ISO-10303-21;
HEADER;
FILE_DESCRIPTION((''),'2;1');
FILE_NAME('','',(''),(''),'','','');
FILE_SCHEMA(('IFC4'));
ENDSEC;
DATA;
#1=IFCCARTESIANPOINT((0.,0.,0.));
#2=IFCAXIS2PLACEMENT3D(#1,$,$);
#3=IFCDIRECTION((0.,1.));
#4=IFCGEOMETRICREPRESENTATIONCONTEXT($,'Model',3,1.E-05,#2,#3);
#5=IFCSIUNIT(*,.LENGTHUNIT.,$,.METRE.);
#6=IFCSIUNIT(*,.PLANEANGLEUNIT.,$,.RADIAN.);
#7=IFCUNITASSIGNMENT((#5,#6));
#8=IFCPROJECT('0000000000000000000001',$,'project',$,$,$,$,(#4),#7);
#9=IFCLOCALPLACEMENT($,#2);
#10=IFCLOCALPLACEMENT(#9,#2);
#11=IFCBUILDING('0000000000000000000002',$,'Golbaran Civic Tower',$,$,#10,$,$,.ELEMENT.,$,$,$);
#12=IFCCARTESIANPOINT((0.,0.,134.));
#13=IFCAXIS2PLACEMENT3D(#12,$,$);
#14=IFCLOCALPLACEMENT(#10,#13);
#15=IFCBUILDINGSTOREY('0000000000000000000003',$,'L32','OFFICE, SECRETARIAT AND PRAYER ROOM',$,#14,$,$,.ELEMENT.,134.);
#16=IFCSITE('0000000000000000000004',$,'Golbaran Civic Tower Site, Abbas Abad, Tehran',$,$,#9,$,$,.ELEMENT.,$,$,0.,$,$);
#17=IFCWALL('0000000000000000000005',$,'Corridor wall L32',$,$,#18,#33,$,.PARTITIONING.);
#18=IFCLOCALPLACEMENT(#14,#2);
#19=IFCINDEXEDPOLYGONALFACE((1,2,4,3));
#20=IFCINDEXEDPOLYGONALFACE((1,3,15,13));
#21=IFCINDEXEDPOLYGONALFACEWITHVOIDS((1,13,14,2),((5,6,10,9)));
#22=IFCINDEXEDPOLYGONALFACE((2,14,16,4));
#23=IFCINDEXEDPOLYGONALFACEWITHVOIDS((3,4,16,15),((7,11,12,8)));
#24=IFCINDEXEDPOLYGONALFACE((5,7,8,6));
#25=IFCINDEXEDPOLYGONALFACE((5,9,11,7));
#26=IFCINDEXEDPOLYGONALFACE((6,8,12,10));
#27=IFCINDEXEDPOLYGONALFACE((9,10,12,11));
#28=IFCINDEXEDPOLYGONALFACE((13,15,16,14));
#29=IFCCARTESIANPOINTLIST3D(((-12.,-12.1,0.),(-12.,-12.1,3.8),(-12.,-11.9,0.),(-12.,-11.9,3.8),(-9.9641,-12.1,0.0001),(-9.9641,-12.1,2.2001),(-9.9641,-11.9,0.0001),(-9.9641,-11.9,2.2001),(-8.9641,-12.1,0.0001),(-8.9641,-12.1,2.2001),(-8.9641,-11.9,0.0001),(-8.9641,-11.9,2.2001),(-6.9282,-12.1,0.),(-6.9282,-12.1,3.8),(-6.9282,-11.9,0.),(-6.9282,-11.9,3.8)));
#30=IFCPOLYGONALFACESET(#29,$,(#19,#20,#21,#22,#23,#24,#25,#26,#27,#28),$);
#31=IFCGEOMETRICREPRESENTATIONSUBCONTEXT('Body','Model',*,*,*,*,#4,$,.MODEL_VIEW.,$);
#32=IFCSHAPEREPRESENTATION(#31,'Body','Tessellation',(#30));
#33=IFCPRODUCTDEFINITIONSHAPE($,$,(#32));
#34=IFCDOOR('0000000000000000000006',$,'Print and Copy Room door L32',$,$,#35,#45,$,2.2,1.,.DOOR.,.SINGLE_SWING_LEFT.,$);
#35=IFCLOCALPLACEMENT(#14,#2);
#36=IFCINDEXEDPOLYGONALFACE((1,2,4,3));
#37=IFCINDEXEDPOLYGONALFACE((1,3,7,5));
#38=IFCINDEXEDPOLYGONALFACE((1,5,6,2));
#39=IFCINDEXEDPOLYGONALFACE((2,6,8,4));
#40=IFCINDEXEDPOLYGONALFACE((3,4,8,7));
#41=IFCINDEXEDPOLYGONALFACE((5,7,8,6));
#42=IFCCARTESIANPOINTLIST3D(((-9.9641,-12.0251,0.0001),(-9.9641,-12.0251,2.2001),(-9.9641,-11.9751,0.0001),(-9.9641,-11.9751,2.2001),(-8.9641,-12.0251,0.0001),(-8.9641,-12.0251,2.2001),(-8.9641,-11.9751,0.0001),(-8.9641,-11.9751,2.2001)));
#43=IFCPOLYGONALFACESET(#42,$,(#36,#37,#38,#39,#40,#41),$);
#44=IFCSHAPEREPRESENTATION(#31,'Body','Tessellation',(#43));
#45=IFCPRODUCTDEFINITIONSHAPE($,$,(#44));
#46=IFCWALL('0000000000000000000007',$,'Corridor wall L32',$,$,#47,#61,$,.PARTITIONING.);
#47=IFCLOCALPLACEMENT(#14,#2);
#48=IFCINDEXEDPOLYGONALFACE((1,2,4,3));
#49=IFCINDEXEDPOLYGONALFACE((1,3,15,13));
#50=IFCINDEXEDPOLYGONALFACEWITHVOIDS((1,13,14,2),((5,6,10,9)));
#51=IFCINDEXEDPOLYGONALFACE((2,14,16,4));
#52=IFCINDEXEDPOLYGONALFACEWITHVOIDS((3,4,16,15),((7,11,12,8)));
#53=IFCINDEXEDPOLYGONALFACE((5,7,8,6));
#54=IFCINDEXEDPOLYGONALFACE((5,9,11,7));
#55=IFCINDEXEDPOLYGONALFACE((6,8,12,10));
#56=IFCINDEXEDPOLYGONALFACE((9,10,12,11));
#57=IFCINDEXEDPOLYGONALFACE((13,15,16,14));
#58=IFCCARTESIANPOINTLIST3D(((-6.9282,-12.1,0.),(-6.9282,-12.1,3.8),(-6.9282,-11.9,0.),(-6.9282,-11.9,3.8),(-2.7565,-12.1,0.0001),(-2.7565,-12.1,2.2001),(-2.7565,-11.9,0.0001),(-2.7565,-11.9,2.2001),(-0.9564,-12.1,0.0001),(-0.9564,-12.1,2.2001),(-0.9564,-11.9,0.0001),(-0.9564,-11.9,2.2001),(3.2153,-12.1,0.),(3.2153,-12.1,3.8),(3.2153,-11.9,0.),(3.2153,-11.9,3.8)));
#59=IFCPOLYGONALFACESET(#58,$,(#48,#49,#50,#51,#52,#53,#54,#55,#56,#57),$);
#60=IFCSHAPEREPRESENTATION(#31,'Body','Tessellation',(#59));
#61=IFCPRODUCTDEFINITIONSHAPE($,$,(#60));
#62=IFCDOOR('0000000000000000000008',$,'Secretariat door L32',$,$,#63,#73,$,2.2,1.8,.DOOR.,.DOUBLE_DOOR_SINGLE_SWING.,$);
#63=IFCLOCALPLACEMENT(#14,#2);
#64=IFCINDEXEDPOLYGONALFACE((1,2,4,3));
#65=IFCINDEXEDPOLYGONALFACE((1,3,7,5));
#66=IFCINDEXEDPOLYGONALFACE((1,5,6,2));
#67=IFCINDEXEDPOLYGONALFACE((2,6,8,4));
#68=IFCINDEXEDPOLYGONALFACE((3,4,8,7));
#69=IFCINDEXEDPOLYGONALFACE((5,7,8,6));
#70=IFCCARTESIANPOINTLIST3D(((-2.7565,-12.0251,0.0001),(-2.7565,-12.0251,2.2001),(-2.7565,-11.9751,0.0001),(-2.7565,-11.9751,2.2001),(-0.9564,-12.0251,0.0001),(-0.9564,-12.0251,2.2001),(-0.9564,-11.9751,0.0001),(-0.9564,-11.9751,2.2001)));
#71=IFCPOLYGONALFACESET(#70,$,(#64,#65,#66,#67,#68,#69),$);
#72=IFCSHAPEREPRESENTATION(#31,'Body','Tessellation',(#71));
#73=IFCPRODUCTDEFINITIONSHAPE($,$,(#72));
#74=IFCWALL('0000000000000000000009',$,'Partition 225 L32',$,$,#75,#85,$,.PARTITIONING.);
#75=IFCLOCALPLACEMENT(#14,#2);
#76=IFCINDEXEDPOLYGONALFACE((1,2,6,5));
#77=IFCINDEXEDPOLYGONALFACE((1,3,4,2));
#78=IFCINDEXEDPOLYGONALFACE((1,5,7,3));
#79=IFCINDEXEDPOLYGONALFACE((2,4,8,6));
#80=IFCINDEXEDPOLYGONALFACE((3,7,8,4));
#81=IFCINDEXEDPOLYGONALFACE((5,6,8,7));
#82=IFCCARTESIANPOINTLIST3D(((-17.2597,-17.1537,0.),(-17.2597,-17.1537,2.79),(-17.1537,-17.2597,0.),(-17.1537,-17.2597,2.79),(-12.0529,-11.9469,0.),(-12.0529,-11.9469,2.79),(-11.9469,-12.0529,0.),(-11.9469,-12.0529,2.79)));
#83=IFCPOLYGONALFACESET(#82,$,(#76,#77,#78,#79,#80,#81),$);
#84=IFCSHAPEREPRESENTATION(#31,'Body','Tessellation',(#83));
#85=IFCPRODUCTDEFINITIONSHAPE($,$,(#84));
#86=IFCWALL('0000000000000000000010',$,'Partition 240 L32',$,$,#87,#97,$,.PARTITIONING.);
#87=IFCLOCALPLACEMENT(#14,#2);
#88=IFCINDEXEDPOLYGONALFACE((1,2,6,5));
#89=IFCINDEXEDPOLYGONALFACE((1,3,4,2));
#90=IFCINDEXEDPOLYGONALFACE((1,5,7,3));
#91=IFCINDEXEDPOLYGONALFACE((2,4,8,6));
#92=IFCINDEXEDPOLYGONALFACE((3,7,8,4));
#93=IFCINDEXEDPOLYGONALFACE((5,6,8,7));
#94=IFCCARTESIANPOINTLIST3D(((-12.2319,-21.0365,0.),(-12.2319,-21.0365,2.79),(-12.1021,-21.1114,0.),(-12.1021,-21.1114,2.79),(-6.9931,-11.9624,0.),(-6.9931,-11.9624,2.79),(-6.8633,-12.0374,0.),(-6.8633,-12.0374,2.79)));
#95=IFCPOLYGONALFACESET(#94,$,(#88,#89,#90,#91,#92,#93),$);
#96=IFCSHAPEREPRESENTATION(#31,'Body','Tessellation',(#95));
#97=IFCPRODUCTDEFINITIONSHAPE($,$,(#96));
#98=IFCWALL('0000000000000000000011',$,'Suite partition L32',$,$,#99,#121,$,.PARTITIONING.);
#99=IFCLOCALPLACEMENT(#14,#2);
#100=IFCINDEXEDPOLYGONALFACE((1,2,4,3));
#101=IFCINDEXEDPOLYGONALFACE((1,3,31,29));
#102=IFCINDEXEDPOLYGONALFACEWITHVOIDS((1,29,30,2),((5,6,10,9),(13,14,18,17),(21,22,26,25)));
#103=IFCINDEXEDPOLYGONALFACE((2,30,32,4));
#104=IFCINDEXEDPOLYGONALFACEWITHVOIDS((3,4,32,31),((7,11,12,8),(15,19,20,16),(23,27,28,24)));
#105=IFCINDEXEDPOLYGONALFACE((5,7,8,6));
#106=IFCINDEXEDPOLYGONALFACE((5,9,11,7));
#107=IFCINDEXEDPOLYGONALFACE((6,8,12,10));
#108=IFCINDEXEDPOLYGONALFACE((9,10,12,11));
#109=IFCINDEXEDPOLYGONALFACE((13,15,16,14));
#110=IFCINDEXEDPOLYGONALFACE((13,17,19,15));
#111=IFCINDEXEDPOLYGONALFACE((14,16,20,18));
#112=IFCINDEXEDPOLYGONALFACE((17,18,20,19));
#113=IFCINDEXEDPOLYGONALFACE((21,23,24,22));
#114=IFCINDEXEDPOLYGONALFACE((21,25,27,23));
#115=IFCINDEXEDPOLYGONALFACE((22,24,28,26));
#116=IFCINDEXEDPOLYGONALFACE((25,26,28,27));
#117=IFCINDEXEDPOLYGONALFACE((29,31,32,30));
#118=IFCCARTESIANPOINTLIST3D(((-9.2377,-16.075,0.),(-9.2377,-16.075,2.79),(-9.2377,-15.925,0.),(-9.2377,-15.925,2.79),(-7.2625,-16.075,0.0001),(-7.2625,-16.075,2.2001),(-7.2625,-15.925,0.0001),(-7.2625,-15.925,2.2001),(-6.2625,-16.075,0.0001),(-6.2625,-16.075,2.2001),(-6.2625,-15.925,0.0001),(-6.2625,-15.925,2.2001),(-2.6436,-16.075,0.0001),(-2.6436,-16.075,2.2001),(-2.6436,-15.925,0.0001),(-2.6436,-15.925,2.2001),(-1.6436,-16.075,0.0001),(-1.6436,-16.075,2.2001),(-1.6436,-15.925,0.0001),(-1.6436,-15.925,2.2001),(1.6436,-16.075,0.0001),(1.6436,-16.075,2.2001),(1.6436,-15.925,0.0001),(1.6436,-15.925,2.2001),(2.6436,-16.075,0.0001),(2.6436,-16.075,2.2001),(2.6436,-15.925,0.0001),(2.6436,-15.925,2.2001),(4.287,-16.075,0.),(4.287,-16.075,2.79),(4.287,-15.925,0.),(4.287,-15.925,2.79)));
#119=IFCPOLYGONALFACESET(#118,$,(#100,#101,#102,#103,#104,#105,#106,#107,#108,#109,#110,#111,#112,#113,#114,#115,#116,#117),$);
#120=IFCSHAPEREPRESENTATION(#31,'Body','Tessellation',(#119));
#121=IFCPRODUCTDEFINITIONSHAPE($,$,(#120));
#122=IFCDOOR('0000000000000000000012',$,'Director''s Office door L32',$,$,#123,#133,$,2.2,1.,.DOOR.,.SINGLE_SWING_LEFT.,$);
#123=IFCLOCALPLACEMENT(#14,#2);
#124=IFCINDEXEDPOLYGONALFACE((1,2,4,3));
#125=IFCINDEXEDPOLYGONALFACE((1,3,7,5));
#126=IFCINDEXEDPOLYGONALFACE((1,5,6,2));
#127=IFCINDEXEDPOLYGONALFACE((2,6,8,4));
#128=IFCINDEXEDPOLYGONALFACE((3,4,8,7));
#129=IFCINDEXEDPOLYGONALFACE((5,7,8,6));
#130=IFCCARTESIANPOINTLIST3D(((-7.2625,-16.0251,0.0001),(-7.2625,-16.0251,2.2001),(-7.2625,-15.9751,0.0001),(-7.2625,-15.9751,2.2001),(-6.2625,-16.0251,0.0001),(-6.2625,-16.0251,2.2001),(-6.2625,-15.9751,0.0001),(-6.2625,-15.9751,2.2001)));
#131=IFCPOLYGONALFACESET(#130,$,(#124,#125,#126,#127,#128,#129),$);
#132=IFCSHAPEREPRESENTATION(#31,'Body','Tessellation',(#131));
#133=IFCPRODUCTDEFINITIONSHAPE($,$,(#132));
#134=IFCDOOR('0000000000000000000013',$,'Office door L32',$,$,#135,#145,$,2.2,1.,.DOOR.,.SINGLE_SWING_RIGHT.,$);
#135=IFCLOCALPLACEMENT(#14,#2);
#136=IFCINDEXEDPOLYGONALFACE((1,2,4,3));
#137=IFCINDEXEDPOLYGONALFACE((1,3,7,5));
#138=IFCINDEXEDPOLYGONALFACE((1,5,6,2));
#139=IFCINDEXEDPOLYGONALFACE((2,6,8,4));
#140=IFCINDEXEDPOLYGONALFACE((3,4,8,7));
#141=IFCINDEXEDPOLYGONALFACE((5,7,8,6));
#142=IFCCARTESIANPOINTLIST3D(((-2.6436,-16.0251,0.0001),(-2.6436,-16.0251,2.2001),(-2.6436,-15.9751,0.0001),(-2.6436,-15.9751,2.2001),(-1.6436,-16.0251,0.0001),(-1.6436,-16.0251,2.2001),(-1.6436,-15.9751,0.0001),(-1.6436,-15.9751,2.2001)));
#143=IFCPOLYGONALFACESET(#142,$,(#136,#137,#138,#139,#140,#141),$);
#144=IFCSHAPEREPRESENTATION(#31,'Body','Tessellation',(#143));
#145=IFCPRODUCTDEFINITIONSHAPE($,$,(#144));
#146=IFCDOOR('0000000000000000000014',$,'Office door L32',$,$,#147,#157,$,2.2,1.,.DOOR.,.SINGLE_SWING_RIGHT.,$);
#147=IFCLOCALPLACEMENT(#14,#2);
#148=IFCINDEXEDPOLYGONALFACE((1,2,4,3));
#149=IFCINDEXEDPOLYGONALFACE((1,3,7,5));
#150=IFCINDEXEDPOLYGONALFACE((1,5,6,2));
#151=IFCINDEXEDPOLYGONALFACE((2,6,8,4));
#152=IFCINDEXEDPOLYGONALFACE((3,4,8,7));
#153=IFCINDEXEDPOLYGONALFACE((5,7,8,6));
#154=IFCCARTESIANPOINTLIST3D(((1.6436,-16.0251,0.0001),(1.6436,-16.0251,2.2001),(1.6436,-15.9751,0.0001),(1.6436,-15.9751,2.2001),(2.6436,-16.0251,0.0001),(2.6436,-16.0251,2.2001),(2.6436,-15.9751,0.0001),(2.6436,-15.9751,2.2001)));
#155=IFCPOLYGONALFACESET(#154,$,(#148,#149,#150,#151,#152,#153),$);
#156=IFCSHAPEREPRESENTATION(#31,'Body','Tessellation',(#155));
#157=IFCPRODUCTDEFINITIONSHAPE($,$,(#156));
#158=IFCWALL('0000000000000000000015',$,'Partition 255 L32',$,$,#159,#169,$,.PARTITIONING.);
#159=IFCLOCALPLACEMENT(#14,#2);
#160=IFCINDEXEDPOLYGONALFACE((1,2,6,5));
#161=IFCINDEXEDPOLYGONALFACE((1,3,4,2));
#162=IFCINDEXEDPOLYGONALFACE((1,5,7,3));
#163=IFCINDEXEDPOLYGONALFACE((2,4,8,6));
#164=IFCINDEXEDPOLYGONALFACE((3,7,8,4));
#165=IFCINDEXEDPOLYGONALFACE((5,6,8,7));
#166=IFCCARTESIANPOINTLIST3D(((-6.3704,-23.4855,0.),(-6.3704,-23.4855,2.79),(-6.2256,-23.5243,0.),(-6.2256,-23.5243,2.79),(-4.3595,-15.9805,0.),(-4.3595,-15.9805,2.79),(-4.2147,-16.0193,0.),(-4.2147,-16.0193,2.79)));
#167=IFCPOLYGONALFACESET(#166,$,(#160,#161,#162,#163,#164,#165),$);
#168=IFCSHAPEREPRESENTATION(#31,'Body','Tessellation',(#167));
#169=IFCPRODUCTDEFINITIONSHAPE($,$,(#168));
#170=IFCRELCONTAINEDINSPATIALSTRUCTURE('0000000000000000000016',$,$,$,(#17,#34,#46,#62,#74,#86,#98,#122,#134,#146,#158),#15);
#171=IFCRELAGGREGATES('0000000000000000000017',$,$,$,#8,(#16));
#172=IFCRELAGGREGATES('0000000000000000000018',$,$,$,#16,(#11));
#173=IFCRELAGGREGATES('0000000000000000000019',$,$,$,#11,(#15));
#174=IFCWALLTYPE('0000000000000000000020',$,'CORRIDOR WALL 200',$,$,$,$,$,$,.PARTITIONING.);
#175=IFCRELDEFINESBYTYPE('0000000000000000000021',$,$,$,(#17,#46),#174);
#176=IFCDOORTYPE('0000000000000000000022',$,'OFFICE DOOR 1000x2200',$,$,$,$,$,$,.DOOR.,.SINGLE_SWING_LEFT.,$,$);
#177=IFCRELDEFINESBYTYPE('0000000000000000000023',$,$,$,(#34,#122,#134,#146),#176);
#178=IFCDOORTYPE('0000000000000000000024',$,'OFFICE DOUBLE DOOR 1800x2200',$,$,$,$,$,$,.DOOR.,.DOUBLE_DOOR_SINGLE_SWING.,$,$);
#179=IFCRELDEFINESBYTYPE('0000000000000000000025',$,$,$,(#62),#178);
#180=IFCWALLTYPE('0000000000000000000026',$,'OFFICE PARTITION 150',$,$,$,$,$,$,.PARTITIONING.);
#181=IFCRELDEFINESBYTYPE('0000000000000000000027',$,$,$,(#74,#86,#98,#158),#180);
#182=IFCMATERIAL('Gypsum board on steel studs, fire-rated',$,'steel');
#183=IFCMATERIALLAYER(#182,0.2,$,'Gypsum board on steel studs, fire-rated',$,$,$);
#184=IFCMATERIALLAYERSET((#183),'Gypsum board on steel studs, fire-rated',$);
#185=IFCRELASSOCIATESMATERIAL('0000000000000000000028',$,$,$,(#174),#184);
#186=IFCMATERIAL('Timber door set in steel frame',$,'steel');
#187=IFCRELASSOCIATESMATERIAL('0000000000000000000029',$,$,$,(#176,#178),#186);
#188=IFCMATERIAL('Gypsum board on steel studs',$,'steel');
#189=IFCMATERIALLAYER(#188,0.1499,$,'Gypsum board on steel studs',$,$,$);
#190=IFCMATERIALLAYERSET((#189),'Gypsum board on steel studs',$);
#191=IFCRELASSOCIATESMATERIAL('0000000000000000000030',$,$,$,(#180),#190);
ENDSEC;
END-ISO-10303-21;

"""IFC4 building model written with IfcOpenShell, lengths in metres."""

from ifc_helpers import new_model, si_unit, direction, frame, frame_2d, origin, place, context, subcontext, project, spatial, rectangle, extrude, material, layer, layer_set, type_object, element, fill, save


model = new_model("IFC4")

# Units and contexts
model_context = context("Model", 3, precision=1e-05, world=origin(), true_north=direction((0.0, 1.0)))
body_context = subcontext(model_context, "Body", "Model", "MODEL_VIEW")
ifc_project = project(units=[si_unit("LENGTHUNIT", "METRE"), si_unit("PLANEANGLEUNIT", "RADIAN")], contexts=[model_context])

# Site, building, storey
site_placement = place(None, origin())
site = spatial("IfcSite", under=ifc_project, at=site_placement, Name="Golbaran Civic Tower Site, Abbas Abad, Tehran", CompositionType="ELEMENT", RefElevation=0.0)
building_placement = place(site_placement, origin())
building = spatial("IfcBuilding", under=site, at=building_placement, Name="Golbaran Civic Tower", CompositionType="ELEMENT")
storey_placement = place(building_placement, frame((0.0, 0.0, 134.0)))
storey = spatial("IfcBuildingStorey", under=building, at=storey_placement, Name="L32", Description="OFFICE, SECRETARIAT AND PRAYER ROOM", CompositionType="ELEMENT", Elevation=134.0)

# Walls, openings, doors
ifc_material_1 = material(Name="Gypsum board on steel studs, fire-rated", Category="steel")
ifc_layer_1 = layer(ifc_material_1, 0.2, Name="Gypsum board on steel studs, fire-rated")
ifc_layer_set_1 = layer_set([ifc_layer_1], Name="Gypsum board on steel studs, fire-rated")
wall_type_1 = type_object("IfcWallType", Name="CORRIDOR WALL 200", PredefinedType="PARTITIONING", material=ifc_layer_set_1)
wall_1_placement = place(storey_placement, frame((-12.0, -12.0, 0.0), z_axis=(0.0, 0.0, 1.0), x_axis=(1.0, 0.0, 0.0)))
wall_1 = element("IfcWall", 1, at=wall_1_placement, inside=storey, type_object=wall_type_1, Name="Corridor wall L32", PredefinedType="PARTITIONING", context=body_context, shape_type="SweptSolid", body=[
    extrude(rectangle(XDim=5.0718, YDim=0.2, at=frame_2d((2.5359, 0.0))), origin(), (0.0, 0.0, 1.0), 3.8),
])
opening_1_placement = place(wall_1_placement, frame((2.0359, 0.0, 0.0)))
opening_1 = element("IfcOpeningElement", 2, at=opening_1_placement, cuts=wall_1, PredefinedType="OPENING", context=body_context, shape_type="SweptSolid", body=[
    extrude(rectangle(XDim=1.0, YDim=2.2, at=frame_2d((0.5, 1.1001))), frame((0.0, 0.1099, 0.0), z_axis=(0.0, -1.0, 0.0), x_axis=(1.0, 0.0, 0.0)), (0.0, 0.0, 1.0), 0.22),
])
ifc_material_2 = material(Name="Timber door set in steel frame", Category="steel")
door_type_1 = type_object("IfcDoorType", Name="OFFICE DOOR 1000x2200", OperationType="SINGLE_SWING_LEFT", PredefinedType="DOOR", material=ifc_material_2)
door_1_placement = place(opening_1_placement, origin())
door_1 = element("IfcDoor", 3, at=door_1_placement, inside=storey, type_object=door_type_1, Name="Print and Copy Room door L32", OperationType="SINGLE_SWING_LEFT", OverallHeight=2.2, OverallWidth=1.0, PredefinedType="DOOR", context=body_context, shape_type="SweptSolid", body=[
    extrude(rectangle(XDim=1.0, YDim=2.2, at=frame_2d((0.5, 1.1001))), frame((0.0, 0.0249, 0.0), z_axis=(0.0, -1.0, 0.0), x_axis=(1.0, 0.0, 0.0)), (0.0, 0.0, 1.0), 0.05),
])
fill(opening_1, door_1)
wall_2_placement = place(storey_placement, frame((-6.9282, -12.0, 0.0), z_axis=(0.0, 0.0, 1.0), x_axis=(1.0, 0.0, 0.0)))
wall_2 = element("IfcWall", 4, at=wall_2_placement, inside=storey, type_object=wall_type_1, Name="Corridor wall L32", PredefinedType="PARTITIONING", context=body_context, shape_type="SweptSolid", body=[
    extrude(rectangle(XDim=10.1436, YDim=0.2, at=frame_2d((5.0718, 0.0))), origin(), (0.0, 0.0, 1.0), 3.8),
])
opening_2_placement = place(wall_2_placement, frame((4.1719, 0.0, 0.0)))
opening_2 = element("IfcOpeningElement", 5, at=opening_2_placement, cuts=wall_2, PredefinedType="OPENING", context=body_context, shape_type="SweptSolid", body=[
    extrude(rectangle(XDim=1.8, YDim=2.2, at=frame_2d((0.8999, 1.1001))), frame((0.0, 0.1099, 0.0), z_axis=(0.0, -1.0, 0.0), x_axis=(1.0, 0.0, 0.0)), (0.0, 0.0, 1.0), 0.22),
])
door_type_2 = type_object("IfcDoorType", Name="OFFICE DOUBLE DOOR 1800x2200", OperationType="DOUBLE_DOOR_SINGLE_SWING", PredefinedType="DOOR", material=ifc_material_2)
door_2_placement = place(opening_2_placement, origin())
door_2 = element("IfcDoor", 6, at=door_2_placement, inside=storey, type_object=door_type_2, Name="Secretariat door L32", OperationType="DOUBLE_DOOR_SINGLE_SWING", OverallHeight=2.2, OverallWidth=1.8, PredefinedType="DOOR", context=body_context, shape_type="SweptSolid", body=[
    extrude(rectangle(XDim=1.8, YDim=2.2, at=frame_2d((0.8999, 1.1001))), frame((0.0, 0.0249, 0.0), z_axis=(0.0, -1.0, 0.0), x_axis=(1.0, 0.0, 0.0)), (0.0, 0.0, 1.0), 0.05),
])
fill(opening_2, door_2)

# Walls
ifc_material_3 = material(Name="Gypsum board on steel studs", Category="steel")
ifc_layer_2 = layer(ifc_material_3, 0.1499, Name="Gypsum board on steel studs")
ifc_layer_set_2 = layer_set([ifc_layer_2], Name="Gypsum board on steel studs")
wall_type_2 = type_object("IfcWallType", Name="OFFICE PARTITION 150", PredefinedType="PARTITIONING", material=ifc_layer_set_2)
wall_3_placement = place(storey_placement, frame((-12.0, -12.0, 0.0), z_axis=(0.0, 0.0, 1.0), x_axis=(-0.707107, -0.707107, 0.0)))
element("IfcWall", 7, at=wall_3_placement, inside=storey, type_object=wall_type_2, Name="Partition 225 L32", PredefinedType="PARTITIONING", context=body_context, shape_type="SweptSolid", body=[
    extrude(rectangle(XDim=7.3635, YDim=0.1499, at=frame_2d((3.6816, 0.0))), origin(), (0.0, 0.0, 1.0), 2.79),
])
wall_4_placement = place(storey_placement, frame((-6.9282, -12.0, 0.0), z_axis=(0.0, 0.0, 1.0), x_axis=(-0.499993, -0.866029, 0.0)))
element("IfcWall", 8, at=wall_4_placement, inside=storey, type_object=wall_type_2, Name="Partition 240 L32", PredefinedType="PARTITIONING", context=body_context, shape_type="SweptSolid", body=[
    extrude(rectangle(XDim=10.4778, YDim=0.1499, at=frame_2d((5.2388, 0.0))), origin(), (0.0, 0.0, 1.0), 2.79),
])

# Wall, openings, doors
wall_5_placement = place(storey_placement, frame((-9.2375, -16.0, 0.0), z_axis=(0.0, 0.0, 1.0), x_axis=(1.0, 0.0, 0.0)))
wall_5 = element("IfcWall", 9, at=wall_5_placement, inside=storey, type_object=wall_type_2, Name="Suite partition L32", PredefinedType="PARTITIONING", context=body_context, shape_type="SweptSolid", body=[
    extrude(rectangle(XDim=13.5247, YDim=0.1499, at=frame_2d((6.7622, 0.0))), origin(), (0.0, 0.0, 1.0), 2.79),
])
opening_3_placement = place(wall_5_placement, frame((1.9751, 0.0, 0.0)))
opening_3 = element("IfcOpeningElement", 10, at=opening_3_placement, cuts=wall_5, PredefinedType="OPENING", context=body_context, shape_type="SweptSolid", body=[
    extrude(rectangle(XDim=1.0, YDim=2.2, at=frame_2d((0.5, 1.1001))), frame((0.0, 0.085, 0.0), z_axis=(0.0, -1.0, 0.0), x_axis=(1.0, 0.0, 0.0)), (0.0, 0.0, 1.0), 0.1699),
])
opening_4_placement = place(wall_5_placement, frame((6.594, 0.0, 0.0)))
opening_4 = element("IfcOpeningElement", 11, at=opening_4_placement, cuts=wall_5, PredefinedType="OPENING", context=body_context, shape_type="SweptSolid", body=[
    extrude(rectangle(XDim=1.0, YDim=2.2, at=frame_2d((0.5, 1.1001))), frame((0.0, 0.085, 0.0), z_axis=(0.0, -1.0, 0.0), x_axis=(1.0, 0.0, 0.0)), (0.0, 0.0, 1.0), 0.1699),
])
opening_5_placement = place(wall_5_placement, frame((10.8811, 0.0, 0.0)))
opening_5 = element("IfcOpeningElement", 12, at=opening_5_placement, cuts=wall_5, PredefinedType="OPENING", context=body_context, shape_type="SweptSolid", body=[
    extrude(rectangle(XDim=1.0, YDim=2.2, at=frame_2d((0.5, 1.1001))), frame((0.0, 0.085, 0.0), z_axis=(0.0, -1.0, 0.0), x_axis=(1.0, 0.0, 0.0)), (0.0, 0.0, 1.0), 0.1699),
])
door_3_placement = place(opening_3_placement, origin())
door_3 = element("IfcDoor", 13, at=door_3_placement, inside=storey, type_object=door_type_1, Name="Director's Office door L32", OperationType="SINGLE_SWING_LEFT", OverallHeight=2.2, OverallWidth=1.0, PredefinedType="DOOR", context=body_context, shape_type="SweptSolid", body=[
    extrude(rectangle(XDim=1.0, YDim=2.2, at=frame_2d((0.5, 1.1001))), frame((0.0, 0.0249, 0.0), z_axis=(0.0, -1.0, 0.0), x_axis=(1.0, 0.0, 0.0)), (0.0, 0.0, 1.0), 0.05),
])
fill(opening_3, door_3)
door_4_placement = place(opening_4_placement, origin())
door_4 = element("IfcDoor", 14, at=door_4_placement, inside=storey, type_object=door_type_1, Name="Office door L32", OperationType="SINGLE_SWING_RIGHT", OverallHeight=2.2, OverallWidth=1.0, PredefinedType="DOOR", context=body_context, shape_type="SweptSolid", body=[
    extrude(rectangle(XDim=1.0, YDim=2.2, at=frame_2d((0.5, 1.1001))), frame((0.0, 0.0249, 0.0), z_axis=(0.0, -1.0, 0.0), x_axis=(1.0, 0.0, 0.0)), (0.0, 0.0, 1.0), 0.05),
])
fill(opening_4, door_4)
door_5_placement = place(opening_5_placement, origin())
door_5 = element("IfcDoor", 15, at=door_5_placement, inside=storey, type_object=door_type_1, Name="Office door L32", OperationType="SINGLE_SWING_RIGHT", OverallHeight=2.2, OverallWidth=1.0, PredefinedType="DOOR", context=body_context, shape_type="SweptSolid", body=[
    extrude(rectangle(XDim=1.0, YDim=2.2, at=frame_2d((0.5, 1.1001))), frame((0.0, 0.0249, 0.0), z_axis=(0.0, -1.0, 0.0), x_axis=(1.0, 0.0, 0.0)), (0.0, 0.0, 1.0), 0.05),
])
fill(opening_5, door_5)

# Wall
wall_6_placement = place(storey_placement, frame((-4.2871, -16.0, 0.0), z_axis=(0.0, 0.0, 1.0), x_axis=(-0.258818, -0.965926, 0.0)))
element("IfcWall", 16, at=wall_6_placement, inside=storey, type_object=wall_type_2, Name="Partition 255 L32", PredefinedType="PARTITIONING", context=body_context, shape_type="SweptSolid", body=[
    extrude(rectangle(XDim=7.7698, YDim=0.1499, at=frame_2d((3.8848, 0.0))), origin(), (0.0, 0.0, 1.0), 2.79),
])

save(model, "model.ifc")
